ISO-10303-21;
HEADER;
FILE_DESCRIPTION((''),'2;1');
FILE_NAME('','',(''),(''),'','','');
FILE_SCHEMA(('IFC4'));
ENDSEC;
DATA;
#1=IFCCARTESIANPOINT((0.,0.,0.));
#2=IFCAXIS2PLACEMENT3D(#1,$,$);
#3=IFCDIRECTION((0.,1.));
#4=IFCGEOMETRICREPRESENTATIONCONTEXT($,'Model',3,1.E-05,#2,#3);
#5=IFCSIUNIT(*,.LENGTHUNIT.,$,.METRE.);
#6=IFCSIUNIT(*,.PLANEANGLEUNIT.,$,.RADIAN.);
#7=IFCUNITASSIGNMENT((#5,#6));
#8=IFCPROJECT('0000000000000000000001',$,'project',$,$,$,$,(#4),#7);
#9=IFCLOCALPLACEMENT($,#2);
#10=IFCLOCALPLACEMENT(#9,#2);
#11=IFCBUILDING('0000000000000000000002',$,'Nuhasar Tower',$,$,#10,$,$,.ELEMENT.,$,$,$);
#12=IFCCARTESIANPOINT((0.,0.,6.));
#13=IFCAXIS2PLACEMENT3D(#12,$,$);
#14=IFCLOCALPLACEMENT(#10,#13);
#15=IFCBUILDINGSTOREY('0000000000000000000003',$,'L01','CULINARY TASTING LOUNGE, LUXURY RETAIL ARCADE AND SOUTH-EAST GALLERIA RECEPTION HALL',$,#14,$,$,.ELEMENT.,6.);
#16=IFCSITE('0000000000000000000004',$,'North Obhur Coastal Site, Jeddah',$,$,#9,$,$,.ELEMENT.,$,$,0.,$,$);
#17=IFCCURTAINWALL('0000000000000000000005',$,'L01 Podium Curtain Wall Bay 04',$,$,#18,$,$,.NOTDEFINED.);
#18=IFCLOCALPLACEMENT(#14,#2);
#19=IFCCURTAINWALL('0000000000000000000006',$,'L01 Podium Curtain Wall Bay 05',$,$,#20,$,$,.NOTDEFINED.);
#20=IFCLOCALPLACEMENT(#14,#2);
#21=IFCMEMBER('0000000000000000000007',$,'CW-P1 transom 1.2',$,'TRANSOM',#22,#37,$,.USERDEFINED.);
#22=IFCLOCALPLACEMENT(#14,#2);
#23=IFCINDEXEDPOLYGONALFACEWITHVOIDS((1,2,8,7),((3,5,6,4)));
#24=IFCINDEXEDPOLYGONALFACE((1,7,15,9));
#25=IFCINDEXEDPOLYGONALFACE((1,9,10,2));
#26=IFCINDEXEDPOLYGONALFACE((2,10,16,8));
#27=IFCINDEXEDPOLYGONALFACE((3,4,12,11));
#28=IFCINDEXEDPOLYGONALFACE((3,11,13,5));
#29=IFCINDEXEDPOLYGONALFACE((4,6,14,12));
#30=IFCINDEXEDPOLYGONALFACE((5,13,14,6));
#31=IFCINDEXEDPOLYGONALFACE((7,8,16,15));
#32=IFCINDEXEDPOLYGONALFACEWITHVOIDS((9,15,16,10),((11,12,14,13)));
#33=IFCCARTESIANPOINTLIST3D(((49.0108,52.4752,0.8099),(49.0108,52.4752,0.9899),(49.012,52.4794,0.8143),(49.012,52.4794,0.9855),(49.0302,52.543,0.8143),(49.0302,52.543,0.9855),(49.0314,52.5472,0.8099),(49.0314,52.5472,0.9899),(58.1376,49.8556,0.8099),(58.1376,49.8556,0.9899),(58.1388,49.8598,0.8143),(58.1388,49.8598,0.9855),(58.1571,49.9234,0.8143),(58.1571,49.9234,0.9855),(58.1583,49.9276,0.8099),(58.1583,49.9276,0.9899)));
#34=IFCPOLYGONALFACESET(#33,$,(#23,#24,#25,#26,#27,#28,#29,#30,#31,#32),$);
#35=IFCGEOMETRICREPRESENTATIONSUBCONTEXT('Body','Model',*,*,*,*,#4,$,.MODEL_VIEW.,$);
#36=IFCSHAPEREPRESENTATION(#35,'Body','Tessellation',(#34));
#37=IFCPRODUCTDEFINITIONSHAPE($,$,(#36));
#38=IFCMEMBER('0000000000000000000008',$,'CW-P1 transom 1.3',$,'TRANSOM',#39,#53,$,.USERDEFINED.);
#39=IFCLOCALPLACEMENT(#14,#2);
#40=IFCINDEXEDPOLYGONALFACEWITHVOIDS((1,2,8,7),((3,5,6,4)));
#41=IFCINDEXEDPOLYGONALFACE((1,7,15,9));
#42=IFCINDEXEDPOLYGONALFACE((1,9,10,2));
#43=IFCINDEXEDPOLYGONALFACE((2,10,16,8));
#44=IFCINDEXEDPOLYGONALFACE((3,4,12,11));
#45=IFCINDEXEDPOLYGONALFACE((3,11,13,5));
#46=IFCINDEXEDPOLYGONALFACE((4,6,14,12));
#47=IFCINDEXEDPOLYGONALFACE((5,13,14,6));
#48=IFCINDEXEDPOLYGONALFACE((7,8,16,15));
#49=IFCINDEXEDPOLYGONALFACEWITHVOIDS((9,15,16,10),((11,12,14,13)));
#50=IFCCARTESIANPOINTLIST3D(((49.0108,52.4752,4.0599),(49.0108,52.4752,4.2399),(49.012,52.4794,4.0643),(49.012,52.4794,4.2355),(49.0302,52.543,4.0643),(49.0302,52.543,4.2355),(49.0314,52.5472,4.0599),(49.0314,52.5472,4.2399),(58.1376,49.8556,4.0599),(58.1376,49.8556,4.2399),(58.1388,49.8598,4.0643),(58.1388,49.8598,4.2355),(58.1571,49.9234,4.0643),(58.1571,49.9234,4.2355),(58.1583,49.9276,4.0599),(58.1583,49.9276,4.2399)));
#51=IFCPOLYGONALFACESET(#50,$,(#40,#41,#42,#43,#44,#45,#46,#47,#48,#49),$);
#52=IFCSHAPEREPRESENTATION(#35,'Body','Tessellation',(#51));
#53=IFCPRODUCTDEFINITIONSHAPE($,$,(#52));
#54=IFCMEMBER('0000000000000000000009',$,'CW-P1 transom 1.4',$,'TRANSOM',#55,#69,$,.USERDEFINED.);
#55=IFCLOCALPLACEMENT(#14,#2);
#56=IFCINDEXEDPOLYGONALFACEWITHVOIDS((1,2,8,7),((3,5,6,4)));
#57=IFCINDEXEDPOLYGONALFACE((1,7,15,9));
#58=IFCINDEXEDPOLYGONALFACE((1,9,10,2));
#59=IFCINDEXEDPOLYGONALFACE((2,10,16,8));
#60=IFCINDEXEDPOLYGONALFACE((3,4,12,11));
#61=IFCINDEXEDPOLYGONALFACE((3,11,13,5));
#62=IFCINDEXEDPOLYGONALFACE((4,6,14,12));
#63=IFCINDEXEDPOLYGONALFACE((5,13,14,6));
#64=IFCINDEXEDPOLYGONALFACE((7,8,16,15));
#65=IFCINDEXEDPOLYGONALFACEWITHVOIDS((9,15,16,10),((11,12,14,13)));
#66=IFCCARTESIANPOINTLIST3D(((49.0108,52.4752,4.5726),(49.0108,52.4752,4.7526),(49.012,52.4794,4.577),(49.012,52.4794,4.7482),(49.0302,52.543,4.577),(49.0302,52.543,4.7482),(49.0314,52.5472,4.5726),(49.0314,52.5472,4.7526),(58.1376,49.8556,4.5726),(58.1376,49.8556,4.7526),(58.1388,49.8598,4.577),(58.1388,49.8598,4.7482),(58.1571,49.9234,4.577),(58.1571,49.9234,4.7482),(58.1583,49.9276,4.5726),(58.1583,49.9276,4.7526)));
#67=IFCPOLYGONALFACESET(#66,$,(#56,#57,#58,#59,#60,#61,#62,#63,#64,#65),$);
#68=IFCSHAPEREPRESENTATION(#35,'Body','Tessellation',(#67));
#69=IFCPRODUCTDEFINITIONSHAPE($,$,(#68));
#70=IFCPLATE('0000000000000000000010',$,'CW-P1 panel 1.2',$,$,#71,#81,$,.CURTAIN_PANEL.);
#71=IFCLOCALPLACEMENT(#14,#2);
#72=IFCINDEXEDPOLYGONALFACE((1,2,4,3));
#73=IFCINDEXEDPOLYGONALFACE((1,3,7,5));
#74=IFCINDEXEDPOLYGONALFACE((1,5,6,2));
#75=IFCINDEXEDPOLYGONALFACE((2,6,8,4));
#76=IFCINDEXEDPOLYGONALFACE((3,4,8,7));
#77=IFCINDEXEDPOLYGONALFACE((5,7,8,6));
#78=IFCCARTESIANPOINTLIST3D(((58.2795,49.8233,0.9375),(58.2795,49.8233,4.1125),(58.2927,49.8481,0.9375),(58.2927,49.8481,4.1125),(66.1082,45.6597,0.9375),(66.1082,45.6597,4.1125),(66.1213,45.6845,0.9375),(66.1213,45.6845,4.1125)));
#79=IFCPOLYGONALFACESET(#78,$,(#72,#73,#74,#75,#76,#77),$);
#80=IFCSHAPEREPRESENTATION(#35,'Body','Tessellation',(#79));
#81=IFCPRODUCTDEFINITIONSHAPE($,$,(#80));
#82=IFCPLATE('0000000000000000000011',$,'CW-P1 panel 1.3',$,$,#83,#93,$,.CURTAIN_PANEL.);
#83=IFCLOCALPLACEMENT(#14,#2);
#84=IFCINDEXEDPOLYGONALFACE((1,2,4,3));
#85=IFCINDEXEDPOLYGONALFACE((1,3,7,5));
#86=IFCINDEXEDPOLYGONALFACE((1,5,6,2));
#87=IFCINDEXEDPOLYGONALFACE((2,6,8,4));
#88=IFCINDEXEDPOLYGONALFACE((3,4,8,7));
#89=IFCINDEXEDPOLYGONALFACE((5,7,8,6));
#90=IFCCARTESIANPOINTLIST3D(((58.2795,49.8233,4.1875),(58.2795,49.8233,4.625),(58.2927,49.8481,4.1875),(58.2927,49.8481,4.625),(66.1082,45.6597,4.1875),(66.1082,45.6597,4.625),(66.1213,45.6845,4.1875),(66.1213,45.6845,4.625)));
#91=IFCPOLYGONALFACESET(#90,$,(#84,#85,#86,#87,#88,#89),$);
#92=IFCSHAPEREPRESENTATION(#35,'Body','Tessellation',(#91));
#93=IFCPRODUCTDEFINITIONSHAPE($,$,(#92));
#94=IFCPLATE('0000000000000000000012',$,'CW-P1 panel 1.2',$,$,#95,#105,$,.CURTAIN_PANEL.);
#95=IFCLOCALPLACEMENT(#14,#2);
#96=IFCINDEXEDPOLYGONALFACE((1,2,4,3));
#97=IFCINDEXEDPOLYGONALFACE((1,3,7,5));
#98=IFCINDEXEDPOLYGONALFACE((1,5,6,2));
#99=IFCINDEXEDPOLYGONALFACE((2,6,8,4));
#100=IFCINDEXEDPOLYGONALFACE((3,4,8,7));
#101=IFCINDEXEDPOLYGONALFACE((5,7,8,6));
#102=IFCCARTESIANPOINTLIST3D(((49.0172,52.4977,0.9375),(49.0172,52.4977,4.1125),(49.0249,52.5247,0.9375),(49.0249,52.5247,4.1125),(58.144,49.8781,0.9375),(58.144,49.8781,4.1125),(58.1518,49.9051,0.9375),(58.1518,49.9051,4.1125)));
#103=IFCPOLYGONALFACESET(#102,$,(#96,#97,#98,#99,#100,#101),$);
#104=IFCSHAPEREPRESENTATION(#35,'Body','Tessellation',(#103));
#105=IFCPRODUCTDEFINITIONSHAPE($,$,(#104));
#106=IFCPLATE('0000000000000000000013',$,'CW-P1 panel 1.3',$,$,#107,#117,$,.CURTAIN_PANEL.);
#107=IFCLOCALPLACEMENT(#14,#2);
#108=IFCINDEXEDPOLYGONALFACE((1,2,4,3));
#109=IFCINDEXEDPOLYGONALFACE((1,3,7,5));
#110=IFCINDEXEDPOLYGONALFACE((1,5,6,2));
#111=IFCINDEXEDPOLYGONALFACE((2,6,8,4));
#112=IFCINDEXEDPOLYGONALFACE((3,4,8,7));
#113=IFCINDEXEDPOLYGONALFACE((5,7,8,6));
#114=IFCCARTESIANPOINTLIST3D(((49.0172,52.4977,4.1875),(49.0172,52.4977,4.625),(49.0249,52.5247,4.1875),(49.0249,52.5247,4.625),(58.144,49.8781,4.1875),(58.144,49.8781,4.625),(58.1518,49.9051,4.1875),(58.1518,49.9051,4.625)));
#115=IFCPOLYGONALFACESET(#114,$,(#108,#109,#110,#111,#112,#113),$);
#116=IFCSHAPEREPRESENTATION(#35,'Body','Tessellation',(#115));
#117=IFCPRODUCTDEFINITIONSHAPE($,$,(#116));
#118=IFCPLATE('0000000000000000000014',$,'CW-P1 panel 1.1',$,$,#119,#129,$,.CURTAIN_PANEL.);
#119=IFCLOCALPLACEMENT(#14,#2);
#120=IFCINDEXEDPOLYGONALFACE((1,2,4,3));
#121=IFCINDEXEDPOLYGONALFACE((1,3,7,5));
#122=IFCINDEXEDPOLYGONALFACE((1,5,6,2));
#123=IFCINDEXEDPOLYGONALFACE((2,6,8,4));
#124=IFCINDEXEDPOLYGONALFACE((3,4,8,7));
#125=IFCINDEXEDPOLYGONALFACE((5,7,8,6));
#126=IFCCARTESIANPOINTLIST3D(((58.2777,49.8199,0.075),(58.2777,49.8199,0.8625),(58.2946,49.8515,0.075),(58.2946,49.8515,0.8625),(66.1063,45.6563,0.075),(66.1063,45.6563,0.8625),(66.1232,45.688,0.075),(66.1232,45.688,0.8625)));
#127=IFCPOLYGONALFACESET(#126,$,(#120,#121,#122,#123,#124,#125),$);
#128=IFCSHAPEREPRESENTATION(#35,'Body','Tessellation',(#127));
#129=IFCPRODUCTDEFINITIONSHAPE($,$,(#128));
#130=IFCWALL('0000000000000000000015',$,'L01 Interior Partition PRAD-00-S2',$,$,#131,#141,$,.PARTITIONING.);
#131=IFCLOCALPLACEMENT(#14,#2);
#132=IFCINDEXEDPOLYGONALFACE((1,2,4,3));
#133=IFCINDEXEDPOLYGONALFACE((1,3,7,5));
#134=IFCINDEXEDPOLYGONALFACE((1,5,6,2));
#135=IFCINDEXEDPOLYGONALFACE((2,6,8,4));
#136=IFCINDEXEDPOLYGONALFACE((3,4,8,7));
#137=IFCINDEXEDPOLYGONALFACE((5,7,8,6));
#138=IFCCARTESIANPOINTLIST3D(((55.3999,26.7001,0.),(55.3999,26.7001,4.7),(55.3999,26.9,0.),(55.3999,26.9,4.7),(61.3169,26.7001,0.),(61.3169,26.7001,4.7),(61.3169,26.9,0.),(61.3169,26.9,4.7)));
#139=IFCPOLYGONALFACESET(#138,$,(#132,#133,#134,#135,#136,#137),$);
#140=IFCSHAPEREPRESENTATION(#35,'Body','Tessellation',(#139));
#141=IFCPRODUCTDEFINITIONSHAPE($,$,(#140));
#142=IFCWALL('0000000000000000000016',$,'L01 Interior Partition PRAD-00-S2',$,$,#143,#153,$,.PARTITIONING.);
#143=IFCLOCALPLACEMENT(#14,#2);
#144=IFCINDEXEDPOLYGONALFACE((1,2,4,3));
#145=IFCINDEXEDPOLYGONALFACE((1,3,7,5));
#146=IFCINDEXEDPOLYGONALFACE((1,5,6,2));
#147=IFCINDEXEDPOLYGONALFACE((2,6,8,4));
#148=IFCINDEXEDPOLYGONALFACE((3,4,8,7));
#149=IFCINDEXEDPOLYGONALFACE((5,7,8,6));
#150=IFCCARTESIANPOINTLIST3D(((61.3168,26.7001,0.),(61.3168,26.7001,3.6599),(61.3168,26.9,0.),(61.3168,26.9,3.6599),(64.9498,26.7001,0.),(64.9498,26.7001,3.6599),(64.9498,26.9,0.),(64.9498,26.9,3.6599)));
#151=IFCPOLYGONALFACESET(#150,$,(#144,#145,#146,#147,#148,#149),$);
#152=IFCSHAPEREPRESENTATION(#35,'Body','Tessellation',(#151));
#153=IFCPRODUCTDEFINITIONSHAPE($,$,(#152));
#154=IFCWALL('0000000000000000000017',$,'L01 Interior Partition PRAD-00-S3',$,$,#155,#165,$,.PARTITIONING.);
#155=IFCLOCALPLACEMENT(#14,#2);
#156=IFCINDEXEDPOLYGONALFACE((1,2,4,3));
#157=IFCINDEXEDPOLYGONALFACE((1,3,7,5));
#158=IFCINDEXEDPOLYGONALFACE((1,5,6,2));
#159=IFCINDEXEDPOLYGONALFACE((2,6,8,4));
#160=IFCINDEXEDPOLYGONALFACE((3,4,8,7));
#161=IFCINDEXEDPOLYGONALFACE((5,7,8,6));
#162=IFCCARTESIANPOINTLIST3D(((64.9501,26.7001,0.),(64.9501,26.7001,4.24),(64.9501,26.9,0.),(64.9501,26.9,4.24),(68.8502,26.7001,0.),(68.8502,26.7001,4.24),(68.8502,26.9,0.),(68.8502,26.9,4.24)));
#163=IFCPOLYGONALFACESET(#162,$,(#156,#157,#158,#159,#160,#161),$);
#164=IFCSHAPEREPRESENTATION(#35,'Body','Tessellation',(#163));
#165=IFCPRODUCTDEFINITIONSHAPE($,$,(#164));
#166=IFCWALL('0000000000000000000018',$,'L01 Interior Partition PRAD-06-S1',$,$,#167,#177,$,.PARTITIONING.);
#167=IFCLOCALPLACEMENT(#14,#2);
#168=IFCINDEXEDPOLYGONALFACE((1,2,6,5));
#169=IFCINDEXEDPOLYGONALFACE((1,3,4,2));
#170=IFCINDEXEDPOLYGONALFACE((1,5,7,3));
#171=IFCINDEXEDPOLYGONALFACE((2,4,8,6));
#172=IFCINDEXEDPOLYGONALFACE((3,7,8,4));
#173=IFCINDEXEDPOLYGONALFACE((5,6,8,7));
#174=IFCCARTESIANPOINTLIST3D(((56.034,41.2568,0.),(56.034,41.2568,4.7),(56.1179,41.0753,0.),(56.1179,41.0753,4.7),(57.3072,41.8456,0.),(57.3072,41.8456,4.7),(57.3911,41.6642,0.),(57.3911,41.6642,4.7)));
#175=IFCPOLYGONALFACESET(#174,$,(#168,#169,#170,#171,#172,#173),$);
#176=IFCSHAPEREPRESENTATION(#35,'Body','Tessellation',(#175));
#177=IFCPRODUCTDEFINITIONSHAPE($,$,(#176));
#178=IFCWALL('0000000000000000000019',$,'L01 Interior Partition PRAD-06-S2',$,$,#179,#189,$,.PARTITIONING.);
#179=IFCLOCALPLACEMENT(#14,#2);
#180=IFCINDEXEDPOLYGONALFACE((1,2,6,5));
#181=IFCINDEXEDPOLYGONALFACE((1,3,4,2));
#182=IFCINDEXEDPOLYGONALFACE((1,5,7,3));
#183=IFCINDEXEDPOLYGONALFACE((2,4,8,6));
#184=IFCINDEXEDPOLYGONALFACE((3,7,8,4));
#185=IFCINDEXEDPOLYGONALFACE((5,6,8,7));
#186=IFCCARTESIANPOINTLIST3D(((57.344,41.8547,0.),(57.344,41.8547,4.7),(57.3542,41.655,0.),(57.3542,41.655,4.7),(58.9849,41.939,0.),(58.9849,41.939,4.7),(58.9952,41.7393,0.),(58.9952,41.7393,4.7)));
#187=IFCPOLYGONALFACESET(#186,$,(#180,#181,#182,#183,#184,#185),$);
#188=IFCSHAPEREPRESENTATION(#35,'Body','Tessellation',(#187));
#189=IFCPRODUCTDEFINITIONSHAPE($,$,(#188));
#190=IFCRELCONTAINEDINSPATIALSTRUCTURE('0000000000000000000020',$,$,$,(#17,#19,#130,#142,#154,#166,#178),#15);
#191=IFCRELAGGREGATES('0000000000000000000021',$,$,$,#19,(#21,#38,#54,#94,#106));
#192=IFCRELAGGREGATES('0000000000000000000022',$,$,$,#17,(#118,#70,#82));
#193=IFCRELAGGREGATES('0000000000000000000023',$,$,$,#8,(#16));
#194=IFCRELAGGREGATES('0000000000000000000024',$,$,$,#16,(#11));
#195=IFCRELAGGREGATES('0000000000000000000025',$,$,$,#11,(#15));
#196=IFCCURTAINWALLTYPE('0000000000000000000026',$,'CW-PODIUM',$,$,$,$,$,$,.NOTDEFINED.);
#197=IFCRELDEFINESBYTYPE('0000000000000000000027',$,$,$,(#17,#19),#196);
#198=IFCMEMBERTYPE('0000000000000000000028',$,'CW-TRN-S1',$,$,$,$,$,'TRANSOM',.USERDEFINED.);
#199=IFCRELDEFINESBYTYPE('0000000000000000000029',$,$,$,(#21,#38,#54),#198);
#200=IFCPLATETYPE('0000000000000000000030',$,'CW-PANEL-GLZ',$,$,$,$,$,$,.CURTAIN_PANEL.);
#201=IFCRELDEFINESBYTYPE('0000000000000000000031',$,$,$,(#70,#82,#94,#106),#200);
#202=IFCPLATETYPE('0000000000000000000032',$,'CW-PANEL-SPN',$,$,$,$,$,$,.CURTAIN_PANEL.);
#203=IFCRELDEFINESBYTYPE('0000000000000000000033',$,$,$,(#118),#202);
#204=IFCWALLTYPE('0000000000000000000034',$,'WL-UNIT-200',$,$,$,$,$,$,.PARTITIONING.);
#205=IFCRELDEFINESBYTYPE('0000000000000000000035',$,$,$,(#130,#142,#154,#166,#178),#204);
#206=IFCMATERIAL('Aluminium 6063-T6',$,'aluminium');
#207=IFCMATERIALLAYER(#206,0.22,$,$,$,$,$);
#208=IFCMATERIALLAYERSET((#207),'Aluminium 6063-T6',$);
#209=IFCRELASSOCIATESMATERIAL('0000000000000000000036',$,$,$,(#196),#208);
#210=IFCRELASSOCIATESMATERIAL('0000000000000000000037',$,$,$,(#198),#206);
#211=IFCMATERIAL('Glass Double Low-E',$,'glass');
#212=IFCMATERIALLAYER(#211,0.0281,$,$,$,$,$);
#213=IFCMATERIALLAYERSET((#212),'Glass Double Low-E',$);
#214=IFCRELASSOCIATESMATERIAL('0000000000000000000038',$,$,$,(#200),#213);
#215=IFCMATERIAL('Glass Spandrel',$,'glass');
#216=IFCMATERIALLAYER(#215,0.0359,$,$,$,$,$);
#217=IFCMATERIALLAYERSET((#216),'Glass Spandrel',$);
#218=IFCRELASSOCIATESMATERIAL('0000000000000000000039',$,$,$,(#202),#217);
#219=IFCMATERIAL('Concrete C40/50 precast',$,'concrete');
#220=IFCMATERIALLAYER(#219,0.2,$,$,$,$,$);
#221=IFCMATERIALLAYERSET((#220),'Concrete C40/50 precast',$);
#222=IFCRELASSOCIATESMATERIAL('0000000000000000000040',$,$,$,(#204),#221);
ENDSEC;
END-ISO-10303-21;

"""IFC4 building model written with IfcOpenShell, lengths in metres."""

from ifc_helpers import new_model, si_unit, direction, frame, frame_2d, origin, origin_2d, place, context, subcontext, project, spatial, rectangle, hollow_rectangle, extrude, material, layer, layer_set, material_profile, profile_set, type_object, element, aggregate, save


model = new_model("IFC4")

# Units and contexts
model_context = context("Model", 3, precision=1e-05, world=origin(), true_north=direction((0.0, 1.0)))
body_context = subcontext(model_context, "Body", "Model", "MODEL_VIEW")
ifc_project = project(units=[si_unit("LENGTHUNIT", "METRE"), si_unit("PLANEANGLEUNIT", "RADIAN")], contexts=[model_context])

# Site, building, storey
site_placement = place(None, origin())
site = spatial("IfcSite", under=ifc_project, at=site_placement, Name="North Obhur Coastal Site, Jeddah", CompositionType="ELEMENT", RefElevation=0.0)
building_placement = place(site_placement, origin())
building = spatial("IfcBuilding", under=site, at=building_placement, Name="Nuhasar Tower", CompositionType="ELEMENT")
storey_placement = place(building_placement, frame((0.0, 0.0, 6.0)))
storey = spatial("IfcBuildingStorey", under=building, at=storey_placement, Name="L01", Description="CULINARY TASTING LOUNGE, LUXURY RETAIL ARCADE AND SOUTH-EAST GALLERIA RECEPTION HALL", CompositionType="ELEMENT", Elevation=6.0)

# Curtain walls
ifc_material_1 = material(Name="Aluminium 6063-T6", Category="aluminium")
ifc_layer_1 = layer(ifc_material_1, 0.22)
ifc_layer_set_1 = layer_set([ifc_layer_1], Name="Aluminium 6063-T6")
curtain_wall_type = type_object("IfcCurtainWallType", Name="CW-PODIUM", PredefinedType="NOTDEFINED", material=ifc_layer_set_1)
curtain_wall_1_placement = place(storey_placement, origin())
curtain_wall_1 = element("IfcCurtainWall", 1, at=curtain_wall_1_placement, inside=storey, type_object=curtain_wall_type, Name="L01 Podium Curtain Wall Bay 04", PredefinedType="NOTDEFINED")
curtain_wall_2_placement = place(storey_placement, origin())
curtain_wall_2 = element("IfcCurtainWall", 2, at=curtain_wall_2_placement, inside=storey, type_object=curtain_wall_type, Name="L01 Podium Curtain Wall Bay 05", PredefinedType="NOTDEFINED")

# Members
ifc_material_profile_1 = material_profile(ifc_material_1, hollow_rectangle(XDim=0.075, YDim=0.1799, WallThickness=0.0044, at=origin_2d()), Name="CWT-1")
ifc_profile_set_1 = profile_set([ifc_material_profile_1], Name="Aluminium 6063-T6")
member_type_1 = type_object("IfcMemberType", Name="CW-TRN-S1", ElementType="TRANSOM", PredefinedType="USERDEFINED", material=ifc_profile_set_1)
member_1_placement = place(storey_placement, frame((58.1479, 49.8916, 0.8999), z_axis=(-0.961191, 0.275882, 0.0), x_axis=(-0.275882, -0.961191, 0.0)))
member_1 = element("IfcMember", 3, at=member_1_placement, type_object=member_type_1, Name="CW-P1 transom 1.2", ObjectType="TRANSOM", PredefinedType="USERDEFINED", context=body_context, shape_type="SweptSolid", body=[
    extrude(hollow_rectangle(XDim=0.075, YDim=0.1799, WallThickness=0.0044, at=origin_2d()), origin(), (0.0, 0.0, 1.0), 9.4954),
])
member_2_placement = place(storey_placement, frame((58.1479, 49.8916, 4.1499), z_axis=(-0.961191, 0.275882, 0.0), x_axis=(-0.275882, -0.961191, 0.0)))
member_2 = element("IfcMember", 4, at=member_2_placement, type_object=member_type_1, Name="CW-P1 transom 1.3", ObjectType="TRANSOM", PredefinedType="USERDEFINED", context=body_context, shape_type="SweptSolid", body=[
    extrude(hollow_rectangle(XDim=0.075, YDim=0.1799, WallThickness=0.0044, at=origin_2d()), origin(), (0.0, 0.0, 1.0), 9.4954),
])
member_3_placement = place(storey_placement, frame((58.1479, 49.8916, 4.6626), z_axis=(-0.961191, 0.275882, 0.0), x_axis=(-0.275882, -0.961191, 0.0)))
member_3 = element("IfcMember", 5, at=member_3_placement, type_object=member_type_1, Name="CW-P1 transom 1.4", ObjectType="TRANSOM", PredefinedType="USERDEFINED", context=body_context, shape_type="SweptSolid", body=[
    extrude(hollow_rectangle(XDim=0.075, YDim=0.1799, WallThickness=0.0044, at=origin_2d()), origin(), (0.0, 0.0, 1.0), 9.4954),
])

# Plates
ifc_material_2 = material(Name="Glass Double Low-E", Category="glass")
ifc_layer_2 = layer(ifc_material_2, 0.0281)
ifc_layer_set_2 = layer_set([ifc_layer_2], Name="Glass Double Low-E")
plate_type_1 = type_object("IfcPlateType", Name="CW-PANEL-GLZ", PredefinedType="CURTAIN_PANEL", material=ifc_layer_set_2)
plate_1_placement = place(storey_placement, frame((62.2004, 47.7539, 0.9375), z_axis=(0.0, 0.0, 1.0), x_axis=(-0.882899, 0.469563, 0.0)))
plate_1 = element("IfcPlate", 6, at=plate_1_placement, type_object=plate_type_1, Name="CW-P1 panel 1.2", PredefinedType="CURTAIN_PANEL", context=body_context, shape_type="SweptSolid", body=[
    extrude(rectangle(XDim=8.8669, YDim=0.0281, at=origin_2d()), origin(), (0.0, 0.0, 1.0), 3.175),
])
plate_2_placement = place(storey_placement, frame((62.2004, 47.7539, 4.1875), z_axis=(0.0, 0.0, 1.0), x_axis=(-0.882899, 0.469563, 0.0)))
plate_2 = element("IfcPlate", 7, at=plate_2_placement, type_object=plate_type_1, Name="CW-P1 panel 1.3", PredefinedType="CURTAIN_PANEL", context=body_context, shape_type="SweptSolid", body=[
    extrude(rectangle(XDim=8.8669, YDim=0.0281, at=origin_2d()), origin(), (0.0, 0.0, 1.0), 0.4375),
])
plate_3_placement = place(storey_placement, frame((53.5845, 51.2014, 0.9375), z_axis=(0.0, 0.0, 1.0), x_axis=(-0.961191, 0.275885, 0.0)))
plate_3 = element("IfcPlate", 8, at=plate_3_placement, type_object=plate_type_1, Name="CW-P1 panel 1.2", PredefinedType="CURTAIN_PANEL", context=body_context, shape_type="SweptSolid", body=[
    extrude(rectangle(XDim=9.4954, YDim=0.0281, at=origin_2d()), origin(), (0.0, 0.0, 1.0), 3.175),
])
plate_4_placement = place(storey_placement, frame((53.5845, 51.2014, 4.1875), z_axis=(0.0, 0.0, 1.0), x_axis=(-0.961191, 0.275885, 0.0)))
plate_4 = element("IfcPlate", 9, at=plate_4_placement, type_object=plate_type_1, Name="CW-P1 panel 1.3", PredefinedType="CURTAIN_PANEL", context=body_context, shape_type="SweptSolid", body=[
    extrude(rectangle(XDim=9.4954, YDim=0.0281, at=origin_2d()), origin(), (0.0, 0.0, 1.0), 0.4375),
])
aggregate(curtain_wall_2, [member_1, member_2, member_3, plate_3, plate_4])
ifc_material_3 = material(Name="Glass Spandrel", Category="glass")
ifc_layer_3 = layer(ifc_material_3, 0.0359)
ifc_layer_set_3 = layer_set([ifc_layer_3], Name="Glass Spandrel")
plate_type_2 = type_object("IfcPlateType", Name="CW-PANEL-SPN", PredefinedType="CURTAIN_PANEL", material=ifc_layer_set_3)
plate_5_placement = place(storey_placement, frame((62.2004, 47.7539, 0.075), z_axis=(0.0, 0.0, 1.0), x_axis=(-0.882899, 0.469563, 0.0)))
plate_5 = element("IfcPlate", 10, at=plate_5_placement, type_object=plate_type_2, Name="CW-P1 panel 1.1", PredefinedType="CURTAIN_PANEL", context=body_context, shape_type="SweptSolid", body=[
    extrude(rectangle(XDim=8.8669, YDim=0.0359, at=origin_2d()), origin(), (0.0, 0.0, 1.0), 0.7876),
])
aggregate(curtain_wall_1, [plate_5, plate_1, plate_2])

# Walls
ifc_material_4 = material(Name="Concrete C40/50 precast", Category="concrete")
ifc_layer_4 = layer(ifc_material_4, 0.2)
ifc_layer_set_4 = layer_set([ifc_layer_4], Name="Concrete C40/50 precast")
wall_type = type_object("IfcWallType", Name="WL-UNIT-200", PredefinedType="PARTITIONING", material=ifc_layer_set_4)
wall_1_placement = place(storey_placement, frame((55.3999, 26.8, 0.0), z_axis=(0.0, 0.0, 1.0), x_axis=(1.0, 0.0, 0.0)))
element("IfcWall", 11, at=wall_1_placement, inside=storey, type_object=wall_type, Name="L01 Interior Partition PRAD-00-S2", PredefinedType="PARTITIONING", context=body_context, shape_type="SweptSolid", body=[
    extrude(rectangle(XDim=5.917, YDim=0.2, at=frame_2d((2.9585, 0.0))), origin(), (0.0, 0.0, 1.0), 4.7),
])
wall_2_placement = place(storey_placement, frame((61.3169, 26.8, 0.0), z_axis=(0.0, 0.0, 1.0), x_axis=(1.0, 0.0, 0.0)))
element("IfcWall", 12, at=wall_2_placement, inside=storey, type_object=wall_type, Name="L01 Interior Partition PRAD-00-S2", PredefinedType="PARTITIONING", context=body_context, shape_type="SweptSolid", body=[
    extrude(rectangle(XDim=3.6331, YDim=0.2, at=frame_2d((1.8164, 0.0))), origin(), (0.0, 0.0, 1.0), 3.6599),
])
wall_3_placement = place(storey_placement, frame((64.95, 26.8, 0.0), z_axis=(0.0, 0.0, 1.0), x_axis=(1.0, 0.0, 0.0)))
element("IfcWall", 13, at=wall_3_placement, inside=storey, type_object=wall_type, Name="L01 Interior Partition PRAD-00-S3", PredefinedType="PARTITIONING", context=body_context, shape_type="SweptSolid", body=[
    extrude(rectangle(XDim=3.9001, YDim=0.2, at=frame_2d((1.9502, 0.0))), origin(), (0.0, 0.0, 1.0), 4.24),
])
wall_4_placement = place(storey_placement, frame((56.0759, 41.166, 0.0), z_axis=(0.0, 0.0, 1.0), x_axis=(0.907623, 0.419786, 0.0)))
element("IfcWall", 14, at=wall_4_placement, inside=storey, type_object=wall_type, Name="L01 Interior Partition PRAD-06-S1", PredefinedType="PARTITIONING", context=body_context, shape_type="SweptSolid", body=[
    extrude(rectangle(XDim=1.4028, YDim=0.2, at=frame_2d((0.7014, 0.0))), origin(), (0.0, 0.0, 1.0), 4.7),
])
wall_5_placement = place(storey_placement, frame((57.3491, 41.7549, 0.0), z_axis=(0.0, 0.0, 1.0), x_axis=(0.998685, 0.051264, 0.0)))
element("IfcWall", 15, at=wall_5_placement, inside=storey, type_object=wall_type, Name="L01 Interior Partition PRAD-06-S2", PredefinedType="PARTITIONING", context=body_context, shape_type="SweptSolid", body=[
    extrude(rectangle(XDim=1.6431, YDim=0.2, at=frame_2d((0.8215, 0.0))), origin(), (0.0, 0.0, 1.0), 4.7),
])

save(model, "model.ifc")
